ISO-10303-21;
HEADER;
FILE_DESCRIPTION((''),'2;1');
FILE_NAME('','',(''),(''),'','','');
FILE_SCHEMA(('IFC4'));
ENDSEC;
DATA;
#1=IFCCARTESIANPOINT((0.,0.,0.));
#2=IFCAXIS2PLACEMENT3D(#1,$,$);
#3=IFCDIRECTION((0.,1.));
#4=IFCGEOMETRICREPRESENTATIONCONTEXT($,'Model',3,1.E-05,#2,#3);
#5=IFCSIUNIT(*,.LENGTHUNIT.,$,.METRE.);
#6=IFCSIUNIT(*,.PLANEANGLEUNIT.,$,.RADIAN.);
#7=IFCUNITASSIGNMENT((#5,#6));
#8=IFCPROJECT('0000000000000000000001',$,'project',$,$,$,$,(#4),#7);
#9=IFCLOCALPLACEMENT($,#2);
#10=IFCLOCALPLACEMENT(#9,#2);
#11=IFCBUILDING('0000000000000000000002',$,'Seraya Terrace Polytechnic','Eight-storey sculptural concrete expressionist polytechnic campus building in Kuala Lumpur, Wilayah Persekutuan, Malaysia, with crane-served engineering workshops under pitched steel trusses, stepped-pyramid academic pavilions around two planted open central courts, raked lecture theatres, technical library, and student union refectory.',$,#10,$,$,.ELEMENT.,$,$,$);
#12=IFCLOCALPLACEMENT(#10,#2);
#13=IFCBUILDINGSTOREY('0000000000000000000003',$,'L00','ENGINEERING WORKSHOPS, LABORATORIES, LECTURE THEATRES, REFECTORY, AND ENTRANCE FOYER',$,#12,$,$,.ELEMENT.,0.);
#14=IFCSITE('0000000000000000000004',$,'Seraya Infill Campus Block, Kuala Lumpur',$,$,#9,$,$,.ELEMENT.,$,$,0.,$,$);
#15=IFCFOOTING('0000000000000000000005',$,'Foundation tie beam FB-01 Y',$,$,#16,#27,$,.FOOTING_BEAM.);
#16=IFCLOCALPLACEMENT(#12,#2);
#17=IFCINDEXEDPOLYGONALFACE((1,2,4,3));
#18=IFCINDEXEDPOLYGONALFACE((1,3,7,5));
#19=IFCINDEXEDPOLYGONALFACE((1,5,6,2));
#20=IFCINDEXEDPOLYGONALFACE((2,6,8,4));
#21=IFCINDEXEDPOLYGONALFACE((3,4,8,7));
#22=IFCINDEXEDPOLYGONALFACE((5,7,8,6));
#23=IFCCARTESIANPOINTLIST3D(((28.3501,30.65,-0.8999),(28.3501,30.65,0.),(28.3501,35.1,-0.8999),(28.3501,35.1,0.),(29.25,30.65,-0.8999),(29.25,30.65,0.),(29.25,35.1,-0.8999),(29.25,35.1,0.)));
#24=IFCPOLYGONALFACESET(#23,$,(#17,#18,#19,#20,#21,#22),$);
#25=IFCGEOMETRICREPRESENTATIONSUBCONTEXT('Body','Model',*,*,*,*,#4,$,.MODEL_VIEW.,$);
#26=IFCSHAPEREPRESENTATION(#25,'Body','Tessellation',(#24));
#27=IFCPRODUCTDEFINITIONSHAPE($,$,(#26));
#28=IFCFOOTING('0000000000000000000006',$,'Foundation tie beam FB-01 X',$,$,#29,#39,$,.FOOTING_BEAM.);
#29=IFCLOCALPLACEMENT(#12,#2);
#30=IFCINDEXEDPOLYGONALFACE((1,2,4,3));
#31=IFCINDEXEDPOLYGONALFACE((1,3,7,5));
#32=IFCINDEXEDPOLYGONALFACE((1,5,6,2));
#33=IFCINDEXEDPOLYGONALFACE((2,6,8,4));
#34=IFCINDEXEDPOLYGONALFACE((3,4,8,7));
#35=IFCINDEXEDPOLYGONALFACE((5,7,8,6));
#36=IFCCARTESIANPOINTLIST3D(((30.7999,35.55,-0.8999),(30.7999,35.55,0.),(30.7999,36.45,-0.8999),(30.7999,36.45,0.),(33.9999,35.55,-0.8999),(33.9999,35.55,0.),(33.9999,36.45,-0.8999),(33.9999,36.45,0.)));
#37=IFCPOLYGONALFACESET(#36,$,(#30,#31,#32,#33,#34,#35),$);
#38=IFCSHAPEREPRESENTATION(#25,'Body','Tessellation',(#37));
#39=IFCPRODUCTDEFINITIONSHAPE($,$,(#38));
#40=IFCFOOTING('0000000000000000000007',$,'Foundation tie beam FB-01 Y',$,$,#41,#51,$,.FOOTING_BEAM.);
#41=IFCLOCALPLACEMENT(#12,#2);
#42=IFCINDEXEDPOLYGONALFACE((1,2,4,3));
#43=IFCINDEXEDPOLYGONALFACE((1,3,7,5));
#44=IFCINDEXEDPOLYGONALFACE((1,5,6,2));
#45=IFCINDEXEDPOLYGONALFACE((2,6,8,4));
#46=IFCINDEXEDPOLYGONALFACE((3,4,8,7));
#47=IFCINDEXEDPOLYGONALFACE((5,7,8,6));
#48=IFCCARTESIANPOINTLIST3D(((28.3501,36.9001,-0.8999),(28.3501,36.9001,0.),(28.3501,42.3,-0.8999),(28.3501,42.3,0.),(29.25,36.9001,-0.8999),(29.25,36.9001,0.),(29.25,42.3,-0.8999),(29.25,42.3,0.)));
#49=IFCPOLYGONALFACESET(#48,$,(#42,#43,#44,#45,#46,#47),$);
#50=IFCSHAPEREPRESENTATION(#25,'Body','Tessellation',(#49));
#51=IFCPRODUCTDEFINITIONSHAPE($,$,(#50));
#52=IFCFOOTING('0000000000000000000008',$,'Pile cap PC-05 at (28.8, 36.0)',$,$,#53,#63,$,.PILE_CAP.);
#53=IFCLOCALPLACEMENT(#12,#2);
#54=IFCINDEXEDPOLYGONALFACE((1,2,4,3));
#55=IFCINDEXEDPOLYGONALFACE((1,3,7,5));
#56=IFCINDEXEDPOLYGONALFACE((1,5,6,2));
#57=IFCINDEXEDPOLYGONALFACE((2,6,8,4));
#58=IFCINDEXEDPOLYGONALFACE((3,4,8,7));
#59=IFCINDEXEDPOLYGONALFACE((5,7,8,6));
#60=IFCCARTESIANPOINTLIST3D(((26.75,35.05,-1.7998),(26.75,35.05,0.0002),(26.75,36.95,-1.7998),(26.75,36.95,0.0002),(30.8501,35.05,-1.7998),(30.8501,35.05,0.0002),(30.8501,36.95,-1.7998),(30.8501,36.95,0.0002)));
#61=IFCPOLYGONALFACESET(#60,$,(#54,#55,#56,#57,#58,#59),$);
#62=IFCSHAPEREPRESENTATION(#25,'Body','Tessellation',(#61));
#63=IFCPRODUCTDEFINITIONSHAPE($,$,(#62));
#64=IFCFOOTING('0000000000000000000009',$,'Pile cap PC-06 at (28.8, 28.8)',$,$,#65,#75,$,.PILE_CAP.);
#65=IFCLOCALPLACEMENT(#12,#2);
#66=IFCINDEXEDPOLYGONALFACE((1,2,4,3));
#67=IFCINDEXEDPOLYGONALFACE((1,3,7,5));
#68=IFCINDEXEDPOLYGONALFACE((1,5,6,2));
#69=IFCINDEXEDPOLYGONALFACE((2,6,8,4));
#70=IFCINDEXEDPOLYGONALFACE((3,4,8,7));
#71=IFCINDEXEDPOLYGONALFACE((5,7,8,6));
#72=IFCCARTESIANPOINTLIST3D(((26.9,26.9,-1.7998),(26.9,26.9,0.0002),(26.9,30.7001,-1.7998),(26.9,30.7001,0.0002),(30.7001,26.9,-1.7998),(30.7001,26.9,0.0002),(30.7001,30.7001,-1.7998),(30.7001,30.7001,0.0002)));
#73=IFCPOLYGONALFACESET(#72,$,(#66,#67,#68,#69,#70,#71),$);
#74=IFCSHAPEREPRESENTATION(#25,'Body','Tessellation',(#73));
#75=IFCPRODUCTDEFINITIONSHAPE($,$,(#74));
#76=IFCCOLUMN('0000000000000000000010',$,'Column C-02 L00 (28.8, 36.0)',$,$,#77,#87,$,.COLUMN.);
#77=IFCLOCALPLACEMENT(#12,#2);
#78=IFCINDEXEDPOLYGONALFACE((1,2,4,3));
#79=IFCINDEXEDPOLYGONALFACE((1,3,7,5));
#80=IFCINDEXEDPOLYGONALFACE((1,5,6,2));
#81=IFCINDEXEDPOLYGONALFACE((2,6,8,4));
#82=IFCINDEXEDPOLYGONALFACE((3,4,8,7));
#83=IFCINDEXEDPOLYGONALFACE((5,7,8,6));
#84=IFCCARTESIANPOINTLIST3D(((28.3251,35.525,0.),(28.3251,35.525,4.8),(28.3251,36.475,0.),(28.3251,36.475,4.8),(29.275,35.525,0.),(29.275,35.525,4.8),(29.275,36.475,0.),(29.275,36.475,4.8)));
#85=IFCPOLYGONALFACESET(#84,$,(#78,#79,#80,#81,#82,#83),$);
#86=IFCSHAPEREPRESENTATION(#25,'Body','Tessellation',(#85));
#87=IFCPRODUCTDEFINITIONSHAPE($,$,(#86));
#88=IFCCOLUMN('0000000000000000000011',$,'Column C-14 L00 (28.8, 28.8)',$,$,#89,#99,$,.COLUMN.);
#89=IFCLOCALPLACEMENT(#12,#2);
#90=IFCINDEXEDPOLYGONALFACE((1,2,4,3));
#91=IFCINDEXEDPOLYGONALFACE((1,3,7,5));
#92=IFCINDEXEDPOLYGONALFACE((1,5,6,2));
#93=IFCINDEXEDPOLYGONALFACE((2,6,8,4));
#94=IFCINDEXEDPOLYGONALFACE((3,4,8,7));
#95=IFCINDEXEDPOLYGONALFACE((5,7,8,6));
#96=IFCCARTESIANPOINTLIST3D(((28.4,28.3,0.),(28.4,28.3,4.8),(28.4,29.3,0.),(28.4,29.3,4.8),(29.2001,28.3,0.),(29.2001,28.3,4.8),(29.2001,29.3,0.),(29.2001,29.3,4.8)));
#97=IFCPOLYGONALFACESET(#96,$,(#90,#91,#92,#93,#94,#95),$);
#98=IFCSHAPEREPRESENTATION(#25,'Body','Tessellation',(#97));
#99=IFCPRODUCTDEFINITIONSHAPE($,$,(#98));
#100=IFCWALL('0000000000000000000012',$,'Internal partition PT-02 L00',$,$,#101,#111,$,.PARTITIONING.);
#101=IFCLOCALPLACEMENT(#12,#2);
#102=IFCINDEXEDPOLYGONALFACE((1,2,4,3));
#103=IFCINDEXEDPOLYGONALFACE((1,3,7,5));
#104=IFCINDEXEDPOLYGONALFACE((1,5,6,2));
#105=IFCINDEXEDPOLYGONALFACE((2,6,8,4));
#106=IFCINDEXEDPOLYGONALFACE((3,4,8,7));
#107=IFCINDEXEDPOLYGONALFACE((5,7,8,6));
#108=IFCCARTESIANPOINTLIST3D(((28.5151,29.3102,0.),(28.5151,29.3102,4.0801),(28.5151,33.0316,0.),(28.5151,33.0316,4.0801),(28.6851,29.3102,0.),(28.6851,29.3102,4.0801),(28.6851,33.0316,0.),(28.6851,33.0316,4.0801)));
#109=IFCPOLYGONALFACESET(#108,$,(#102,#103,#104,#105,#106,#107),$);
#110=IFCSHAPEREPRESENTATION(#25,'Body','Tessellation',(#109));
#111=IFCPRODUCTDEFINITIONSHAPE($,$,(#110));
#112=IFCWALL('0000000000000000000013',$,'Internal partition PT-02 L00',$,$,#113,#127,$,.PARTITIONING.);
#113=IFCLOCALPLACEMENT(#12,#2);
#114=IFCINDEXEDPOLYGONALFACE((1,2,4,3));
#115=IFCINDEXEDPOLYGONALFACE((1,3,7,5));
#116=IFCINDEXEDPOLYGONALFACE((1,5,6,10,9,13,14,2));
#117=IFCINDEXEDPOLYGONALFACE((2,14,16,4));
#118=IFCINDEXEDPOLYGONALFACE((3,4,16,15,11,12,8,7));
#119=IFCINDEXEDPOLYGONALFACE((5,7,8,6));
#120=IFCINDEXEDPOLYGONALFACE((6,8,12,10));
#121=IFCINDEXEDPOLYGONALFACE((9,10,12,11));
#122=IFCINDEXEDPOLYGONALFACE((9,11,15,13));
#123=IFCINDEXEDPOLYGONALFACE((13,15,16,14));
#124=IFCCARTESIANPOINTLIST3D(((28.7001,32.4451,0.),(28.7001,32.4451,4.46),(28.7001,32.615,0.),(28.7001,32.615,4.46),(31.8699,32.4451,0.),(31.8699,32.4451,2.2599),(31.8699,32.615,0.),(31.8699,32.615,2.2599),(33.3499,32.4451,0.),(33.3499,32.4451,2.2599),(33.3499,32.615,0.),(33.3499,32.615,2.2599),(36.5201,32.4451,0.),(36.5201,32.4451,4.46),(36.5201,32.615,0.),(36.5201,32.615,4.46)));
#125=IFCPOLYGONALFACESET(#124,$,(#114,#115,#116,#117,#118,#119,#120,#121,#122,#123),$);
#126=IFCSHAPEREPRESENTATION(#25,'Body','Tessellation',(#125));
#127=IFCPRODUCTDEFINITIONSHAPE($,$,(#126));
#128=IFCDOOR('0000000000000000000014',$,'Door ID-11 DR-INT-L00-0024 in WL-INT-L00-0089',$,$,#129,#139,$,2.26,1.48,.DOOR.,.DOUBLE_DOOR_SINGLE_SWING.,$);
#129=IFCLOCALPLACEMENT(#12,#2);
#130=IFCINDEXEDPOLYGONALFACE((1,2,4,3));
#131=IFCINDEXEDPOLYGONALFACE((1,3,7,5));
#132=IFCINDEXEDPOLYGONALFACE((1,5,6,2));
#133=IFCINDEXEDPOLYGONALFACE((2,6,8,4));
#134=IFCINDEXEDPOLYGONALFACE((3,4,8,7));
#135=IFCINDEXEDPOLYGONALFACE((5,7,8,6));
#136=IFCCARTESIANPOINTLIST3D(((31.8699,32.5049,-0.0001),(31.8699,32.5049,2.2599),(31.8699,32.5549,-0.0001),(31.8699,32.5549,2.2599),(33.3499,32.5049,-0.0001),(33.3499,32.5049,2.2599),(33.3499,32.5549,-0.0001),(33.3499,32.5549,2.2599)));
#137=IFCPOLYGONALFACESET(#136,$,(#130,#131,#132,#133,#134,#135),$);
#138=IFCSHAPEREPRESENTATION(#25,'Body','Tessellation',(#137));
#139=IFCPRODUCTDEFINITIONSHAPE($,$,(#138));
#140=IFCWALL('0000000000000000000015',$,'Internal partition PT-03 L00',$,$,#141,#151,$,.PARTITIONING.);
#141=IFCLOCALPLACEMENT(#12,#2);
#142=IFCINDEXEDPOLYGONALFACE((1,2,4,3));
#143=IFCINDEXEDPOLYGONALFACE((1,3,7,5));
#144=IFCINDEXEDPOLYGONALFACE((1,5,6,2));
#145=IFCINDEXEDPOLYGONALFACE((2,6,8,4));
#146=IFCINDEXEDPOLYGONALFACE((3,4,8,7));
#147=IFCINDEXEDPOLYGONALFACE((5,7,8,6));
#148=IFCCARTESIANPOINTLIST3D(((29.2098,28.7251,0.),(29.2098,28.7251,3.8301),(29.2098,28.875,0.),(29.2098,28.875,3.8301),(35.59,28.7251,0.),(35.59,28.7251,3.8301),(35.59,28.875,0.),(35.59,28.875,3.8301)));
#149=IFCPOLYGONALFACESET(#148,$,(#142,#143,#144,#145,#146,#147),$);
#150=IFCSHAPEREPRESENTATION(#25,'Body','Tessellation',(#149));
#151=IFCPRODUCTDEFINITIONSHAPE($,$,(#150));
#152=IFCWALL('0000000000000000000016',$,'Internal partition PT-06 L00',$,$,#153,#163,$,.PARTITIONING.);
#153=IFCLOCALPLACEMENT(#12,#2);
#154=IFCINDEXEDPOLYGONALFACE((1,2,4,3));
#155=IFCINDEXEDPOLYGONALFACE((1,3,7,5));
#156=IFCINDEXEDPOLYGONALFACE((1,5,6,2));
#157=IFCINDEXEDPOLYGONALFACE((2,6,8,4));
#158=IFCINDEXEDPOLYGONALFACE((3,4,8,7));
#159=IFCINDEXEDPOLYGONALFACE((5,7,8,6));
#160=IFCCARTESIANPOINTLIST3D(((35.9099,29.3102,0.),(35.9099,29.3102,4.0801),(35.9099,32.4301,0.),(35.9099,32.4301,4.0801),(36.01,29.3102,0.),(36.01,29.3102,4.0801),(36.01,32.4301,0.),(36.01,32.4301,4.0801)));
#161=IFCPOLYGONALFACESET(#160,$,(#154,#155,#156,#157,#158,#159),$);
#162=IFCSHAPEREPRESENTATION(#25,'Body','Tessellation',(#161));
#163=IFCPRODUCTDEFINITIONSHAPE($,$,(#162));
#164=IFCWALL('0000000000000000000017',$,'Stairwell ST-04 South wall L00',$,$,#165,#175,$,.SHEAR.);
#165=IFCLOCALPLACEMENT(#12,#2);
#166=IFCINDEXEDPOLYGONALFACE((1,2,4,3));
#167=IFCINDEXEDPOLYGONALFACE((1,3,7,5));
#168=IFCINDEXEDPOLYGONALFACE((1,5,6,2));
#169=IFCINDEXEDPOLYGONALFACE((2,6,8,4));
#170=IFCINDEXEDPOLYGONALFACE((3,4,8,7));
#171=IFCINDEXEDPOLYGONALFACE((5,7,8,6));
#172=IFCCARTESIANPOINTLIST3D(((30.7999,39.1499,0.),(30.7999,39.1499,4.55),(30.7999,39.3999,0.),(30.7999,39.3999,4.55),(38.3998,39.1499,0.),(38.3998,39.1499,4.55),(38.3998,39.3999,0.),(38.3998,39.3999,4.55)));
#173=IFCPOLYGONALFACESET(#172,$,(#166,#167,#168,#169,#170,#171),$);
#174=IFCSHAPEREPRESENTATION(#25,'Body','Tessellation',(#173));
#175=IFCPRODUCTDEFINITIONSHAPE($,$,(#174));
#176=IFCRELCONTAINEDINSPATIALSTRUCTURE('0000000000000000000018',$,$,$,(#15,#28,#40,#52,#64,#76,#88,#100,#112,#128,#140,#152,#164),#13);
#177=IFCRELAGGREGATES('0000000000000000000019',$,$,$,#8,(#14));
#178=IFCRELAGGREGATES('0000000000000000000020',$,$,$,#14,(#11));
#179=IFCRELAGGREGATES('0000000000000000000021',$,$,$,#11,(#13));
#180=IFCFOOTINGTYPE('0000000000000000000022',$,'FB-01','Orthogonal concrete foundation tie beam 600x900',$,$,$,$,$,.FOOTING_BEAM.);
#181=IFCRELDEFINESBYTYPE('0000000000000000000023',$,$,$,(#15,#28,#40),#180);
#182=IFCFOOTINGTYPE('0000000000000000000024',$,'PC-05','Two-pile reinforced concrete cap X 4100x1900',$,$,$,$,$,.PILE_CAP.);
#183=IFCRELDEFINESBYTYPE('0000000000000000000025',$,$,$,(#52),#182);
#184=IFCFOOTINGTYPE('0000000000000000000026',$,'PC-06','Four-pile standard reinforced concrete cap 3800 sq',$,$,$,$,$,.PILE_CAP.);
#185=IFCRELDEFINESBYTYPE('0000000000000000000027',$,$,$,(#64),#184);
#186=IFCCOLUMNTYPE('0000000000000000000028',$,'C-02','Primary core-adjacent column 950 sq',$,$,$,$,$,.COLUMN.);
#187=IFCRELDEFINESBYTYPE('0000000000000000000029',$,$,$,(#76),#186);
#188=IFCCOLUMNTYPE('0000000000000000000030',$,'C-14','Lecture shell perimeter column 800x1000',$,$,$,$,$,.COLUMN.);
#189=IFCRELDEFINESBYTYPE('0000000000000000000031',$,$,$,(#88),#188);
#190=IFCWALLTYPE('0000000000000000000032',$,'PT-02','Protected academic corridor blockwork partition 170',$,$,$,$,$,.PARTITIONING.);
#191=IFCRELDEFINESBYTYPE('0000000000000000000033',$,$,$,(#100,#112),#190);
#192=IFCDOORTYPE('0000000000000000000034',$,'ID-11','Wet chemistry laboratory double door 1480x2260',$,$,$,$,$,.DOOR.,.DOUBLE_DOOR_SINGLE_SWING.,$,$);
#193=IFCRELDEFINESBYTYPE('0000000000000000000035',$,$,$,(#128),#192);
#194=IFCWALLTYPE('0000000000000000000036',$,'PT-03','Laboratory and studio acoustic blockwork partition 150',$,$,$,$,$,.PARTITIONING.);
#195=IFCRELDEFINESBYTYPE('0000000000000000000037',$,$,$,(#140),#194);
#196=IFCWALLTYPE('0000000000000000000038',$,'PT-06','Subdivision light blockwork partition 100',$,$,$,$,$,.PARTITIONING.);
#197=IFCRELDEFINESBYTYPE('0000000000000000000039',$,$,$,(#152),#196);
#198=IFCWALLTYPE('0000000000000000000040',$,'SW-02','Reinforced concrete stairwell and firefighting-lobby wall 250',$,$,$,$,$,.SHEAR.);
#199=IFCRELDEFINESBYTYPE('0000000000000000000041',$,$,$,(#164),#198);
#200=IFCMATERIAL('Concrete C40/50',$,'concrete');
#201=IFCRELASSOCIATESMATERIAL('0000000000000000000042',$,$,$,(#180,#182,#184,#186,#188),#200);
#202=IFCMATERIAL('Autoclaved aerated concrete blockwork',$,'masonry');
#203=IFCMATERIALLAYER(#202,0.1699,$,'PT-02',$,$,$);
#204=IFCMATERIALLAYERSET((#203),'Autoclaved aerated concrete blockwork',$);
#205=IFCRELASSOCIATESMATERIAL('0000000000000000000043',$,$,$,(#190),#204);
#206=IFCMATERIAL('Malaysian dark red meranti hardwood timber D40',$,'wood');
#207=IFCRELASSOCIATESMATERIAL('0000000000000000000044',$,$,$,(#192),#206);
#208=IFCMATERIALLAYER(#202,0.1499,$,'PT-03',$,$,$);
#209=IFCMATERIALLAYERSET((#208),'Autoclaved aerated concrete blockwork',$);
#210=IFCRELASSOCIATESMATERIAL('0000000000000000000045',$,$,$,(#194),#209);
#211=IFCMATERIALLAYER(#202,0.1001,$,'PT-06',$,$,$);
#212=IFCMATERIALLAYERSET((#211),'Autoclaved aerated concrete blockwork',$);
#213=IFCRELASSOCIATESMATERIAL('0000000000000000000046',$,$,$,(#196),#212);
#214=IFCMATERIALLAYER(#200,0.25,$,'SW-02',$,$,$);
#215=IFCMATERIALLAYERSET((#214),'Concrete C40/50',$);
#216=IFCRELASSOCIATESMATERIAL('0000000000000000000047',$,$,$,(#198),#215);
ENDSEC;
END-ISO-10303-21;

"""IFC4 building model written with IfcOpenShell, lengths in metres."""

from ifc_helpers import new_model, si_unit, direction, frame, frame_2d, origin, origin_2d, place, context, subcontext, project, spatial, rectangle, extrude, material, layer, layer_set, material_profile, profile_set, type_object, element, fill, save


model = new_model("IFC4")

# Units and contexts
model_context = context("Model", 3, precision=1e-05, world=origin(), true_north=direction((0.0, 1.0)))
body_context = subcontext(model_context, "Body", "Model", "MODEL_VIEW")
ifc_project = project(units=[si_unit("LENGTHUNIT", "METRE"), si_unit("PLANEANGLEUNIT", "RADIAN")], contexts=[model_context])

# Site, building, storey
site_placement = place(None, origin())
site = spatial("IfcSite", under=ifc_project, at=site_placement, Name="Seraya Infill Campus Block, Kuala Lumpur", CompositionType="ELEMENT", RefElevation=0.0)
building_placement = place(site_placement, origin())
building = spatial("IfcBuilding", under=site, at=building_placement, Name="Seraya Terrace Polytechnic", Description="Eight-storey sculptural concrete expressionist polytechnic campus building in Kuala Lumpur, Wilayah Persekutuan, Malaysia, with crane-served engineering workshops under pitched steel trusses, stepped-pyramid academic pavilions around two planted open central courts, raked lecture theatres, technical library, and student union refectory.", CompositionType="ELEMENT")
storey_placement = place(building_placement, origin())
storey = spatial("IfcBuildingStorey", under=building, at=storey_placement, Name="L00", Description="ENGINEERING WORKSHOPS, LABORATORIES, LECTURE THEATRES, REFECTORY, AND ENTRANCE FOYER", CompositionType="ELEMENT", Elevation=0.0)

# Shared definitions
ifc_material_1 = material(Name="Concrete C40/50", Category="concrete")

# Footings
footing_type_1 = type_object("IfcFootingType", Name="FB-01", Description="Orthogonal concrete foundation tie beam 600x900", PredefinedType="FOOTING_BEAM", material=ifc_material_1)
footing_1_placement = place(storey_placement, frame((28.8, 32.875, -0.8999), z_axis=(0.0, 0.0, 1.0), x_axis=(0.0, 1.0, 0.0)))
element("IfcFooting", 1, at=footing_1_placement, inside=storey, type_object=footing_type_1, Name="Foundation tie beam FB-01 Y", PredefinedType="FOOTING_BEAM", context=body_context, shape_type="SweptSolid", body=[
    extrude(rectangle(XDim=4.45, YDim=0.8999, at=origin_2d()), origin(), (0.0, 0.0, 1.0), 0.8999),
])
footing_2_placement = place(storey_placement, frame((32.3999, 36.0, -0.8999), z_axis=(0.0, 0.0, 1.0), x_axis=(1.0, 0.0, 0.0)))
element("IfcFooting", 2, at=footing_2_placement, inside=storey, type_object=footing_type_1, Name="Foundation tie beam FB-01 X", PredefinedType="FOOTING_BEAM", context=body_context, shape_type="SweptSolid", body=[
    extrude(rectangle(XDim=3.2, YDim=0.8999, at=origin_2d()), origin(), (0.0, 0.0, 1.0), 0.8999),
])
footing_3_placement = place(storey_placement, frame((28.8, 39.6001, -0.8999), z_axis=(0.0, 0.0, 1.0), x_axis=(0.0, 1.0, 0.0)))
element("IfcFooting", 3, at=footing_3_placement, inside=storey, type_object=footing_type_1, Name="Foundation tie beam FB-01 Y", PredefinedType="FOOTING_BEAM", context=body_context, shape_type="SweptSolid", body=[
    extrude(rectangle(XDim=5.3999, YDim=0.8999, at=origin_2d()), origin(), (0.0, 0.0, 1.0), 0.8999),
])
footing_type_2 = type_object("IfcFootingType", Name="PC-05", Description="Two-pile reinforced concrete cap X 4100x1900", PredefinedType="PILE_CAP", material=ifc_material_1)
footing_4_placement = place(storey_placement, frame((28.8, 36.0, -1.7998), z_axis=(0.0, 0.0, 1.0), x_axis=(1.0, 0.0, 0.0)))
element("IfcFooting", 4, at=footing_4_placement, inside=storey, type_object=footing_type_2, Name="Pile cap PC-05 at (28.8, 36.0)", PredefinedType="PILE_CAP", context=body_context, shape_type="SweptSolid", body=[
    extrude(rectangle(XDim=4.1001, YDim=1.8999, at=origin_2d()), origin(), (0.0, 0.0, 1.0), 1.8),
])
footing_type_3 = type_object("IfcFootingType", Name="PC-06", Description="Four-pile standard reinforced concrete cap 3800 sq", PredefinedType="PILE_CAP", material=ifc_material_1)
footing_5_placement = place(storey_placement, frame((28.8, 28.8, -1.7998), z_axis=(0.0, 0.0, 1.0), x_axis=(1.0, 0.0, 0.0)))
element("IfcFooting", 5, at=footing_5_placement, inside=storey, type_object=footing_type_3, Name="Pile cap PC-06 at (28.8, 28.8)", PredefinedType="PILE_CAP", context=body_context, shape_type="SweptSolid", body=[
    extrude(rectangle(XDim=3.8, YDim=3.8, at=origin_2d()), origin(), (0.0, 0.0, 1.0), 1.8),
])

# Columns
ifc_material_profile_1 = material_profile(ifc_material_1, rectangle(XDim=0.95, YDim=0.95, at=origin_2d()), Name="RC 950x950")
ifc_profile_set_1 = profile_set([ifc_material_profile_1], Name="Concrete C40/50")
column_type_1 = type_object("IfcColumnType", Name="C-02", Description="Primary core-adjacent column 950 sq", PredefinedType="COLUMN", material=ifc_profile_set_1)
column_1_placement = place(storey_placement, frame((28.8, 36.0, 0.0), z_axis=(0.0, 0.0, 1.0), x_axis=(1.0, 0.0, 0.0)))
element("IfcColumn", 6, at=column_1_placement, inside=storey, type_object=column_type_1, Name="Column C-02 L00 (28.8, 36.0)", PredefinedType="COLUMN", context=body_context, shape_type="SweptSolid", body=[
    extrude(rectangle(XDim=0.95, YDim=0.95, at=origin_2d()), origin(), (0.0, 0.0, 1.0), 4.8),
])
ifc_material_profile_2 = material_profile(ifc_material_1, rectangle(XDim=0.8, YDim=1.0, at=origin_2d()), Name="RC 800x1000")
ifc_profile_set_2 = profile_set([ifc_material_profile_2], Name="Concrete C40/50")
column_type_2 = type_object("IfcColumnType", Name="C-14", Description="Lecture shell perimeter column 800x1000", PredefinedType="COLUMN", material=ifc_profile_set_2)
column_2_placement = place(storey_placement, frame((28.8, 28.8, 0.0), z_axis=(0.0, 0.0, 1.0), x_axis=(1.0, 0.0, 0.0)))
element("IfcColumn", 7, at=column_2_placement, inside=storey, type_object=column_type_2, Name="Column C-14 L00 (28.8, 28.8)", PredefinedType="COLUMN", context=body_context, shape_type="SweptSolid", body=[
    extrude(rectangle(XDim=0.8, YDim=1.0, at=origin_2d()), origin(), (0.0, 0.0, 1.0), 4.8),
])

# Wall
ifc_material_2 = material(Name="Autoclaved aerated concrete blockwork", Category="masonry")
ifc_layer_1 = layer(ifc_material_2, 0.1699, Name="PT-02")
ifc_layer_set_1 = layer_set([ifc_layer_1], Name="Autoclaved aerated concrete blockwork")
wall_type_1 = type_object("IfcWallType", Name="PT-02", Description="Protected academic corridor blockwork partition 170", PredefinedType="PARTITIONING", material=ifc_layer_set_1)
wall_1_placement = place(storey_placement, frame((28.6001, 29.3101, 0.0), z_axis=(0.0, 0.0, 1.0), x_axis=(0.0, 1.0, 0.0)))
element("IfcWall", 8, at=wall_1_placement, inside=storey, type_object=wall_type_1, Name="Internal partition PT-02 L00", PredefinedType="PARTITIONING", context=body_context, shape_type="SweptSolid", body=[
    extrude(rectangle(XDim=3.7214, YDim=0.1699, at=frame_2d((1.8608, 0.0))), origin(), (0.0, 0.0, 1.0), 4.0801),
])

# Wall, opening, door
wall_2_placement = place(storey_placement, frame((28.7, 32.53, 0.0), z_axis=(0.0, 0.0, 1.0), x_axis=(1.0, 0.0, 0.0)))
wall_2 = element("IfcWall", 9, at=wall_2_placement, inside=storey, type_object=wall_type_1, Name="Internal partition PT-02 L00", PredefinedType="PARTITIONING", context=body_context, shape_type="SweptSolid", body=[
    extrude(rectangle(XDim=7.8201, YDim=0.1699, at=frame_2d((3.9102, 0.0))), origin(), (0.0, 0.0, 1.0), 4.46),
])
opening_1_placement = place(wall_2_placement, frame((3.1699, 0.0, 0.0)))
opening_1 = element("IfcOpeningElement", 10, at=opening_1_placement, cuts=wall_2, PredefinedType="OPENING", context=body_context, shape_type="SweptSolid", body=[
    extrude(rectangle(XDim=1.48, YDim=2.26, at=frame_2d((0.74, 1.1299))), frame((0.0, 0.0969, 0.0), z_axis=(0.0, -1.0, 0.0), x_axis=(1.0, 0.0, 0.0)), (0.0, 0.0, 1.0), 0.1938),
])
ifc_material_3 = material(Name="Malaysian dark red meranti hardwood timber D40", Category="wood")
door_type_1 = type_object("IfcDoorType", Name="ID-11", Description="Wet chemistry laboratory double door 1480x2260", OperationType="DOUBLE_DOOR_SINGLE_SWING", PredefinedType="DOOR", material=ifc_material_3)
door_1_placement = place(opening_1_placement, origin())
door_1 = element("IfcDoor", 11, at=door_1_placement, inside=storey, type_object=door_type_1, Name="Door ID-11 DR-INT-L00-0024 in WL-INT-L00-0089", OperationType="DOUBLE_DOOR_SINGLE_SWING", OverallHeight=2.26, OverallWidth=1.48, PredefinedType="DOOR", context=body_context, shape_type="SweptSolid", body=[
    extrude(rectangle(XDim=1.48, YDim=2.26, at=frame_2d((0.74, 1.1299))), frame((0.0, 0.0249, 0.0), z_axis=(0.0, -1.0, 0.0), x_axis=(1.0, 0.0, 0.0)), (0.0, 0.0, 1.0), 0.05),
])
fill(opening_1, door_1)

# Walls
ifc_layer_2 = layer(ifc_material_2, 0.1499, Name="PT-03")
ifc_layer_set_2 = layer_set([ifc_layer_2], Name="Autoclaved aerated concrete blockwork")
wall_type_2 = type_object("IfcWallType", Name="PT-03", Description="Laboratory and studio acoustic blockwork partition 150", PredefinedType="PARTITIONING", material=ifc_layer_set_2)
wall_3_placement = place(storey_placement, frame((29.21, 28.8, 0.0), z_axis=(0.0, 0.0, 1.0), x_axis=(1.0, 0.0, 0.0)))
element("IfcWall", 12, at=wall_3_placement, inside=storey, type_object=wall_type_2, Name="Internal partition PT-03 L00", PredefinedType="PARTITIONING", context=body_context, shape_type="SweptSolid", body=[
    extrude(rectangle(XDim=6.3801, YDim=0.1499, at=frame_2d((3.1899, 0.0))), origin(), (0.0, 0.0, 1.0), 3.8301),
])
ifc_layer_3 = layer(ifc_material_2, 0.1001, Name="PT-06")
ifc_layer_set_3 = layer_set([ifc_layer_3], Name="Autoclaved aerated concrete blockwork")
wall_type_3 = type_object("IfcWallType", Name="PT-06", Description="Subdivision light blockwork partition 100", PredefinedType="PARTITIONING", material=ifc_layer_set_3)
wall_4_placement = place(storey_placement, frame((35.96, 29.3101, 0.0), z_axis=(0.0, 0.0, 1.0), x_axis=(0.0, 1.0, 0.0)))
element("IfcWall", 13, at=wall_4_placement, inside=storey, type_object=wall_type_3, Name="Internal partition PT-06 L00", PredefinedType="PARTITIONING", context=body_context, shape_type="SweptSolid", body=[
    extrude(rectangle(XDim=3.1199, YDim=0.1001, at=frame_2d((1.5601, 0.0))), origin(), (0.0, 0.0, 1.0), 4.0801),
])

# Shared definitions
ifc_layer_4 = layer(ifc_material_1, 0.25, Name="SW-02")
ifc_layer_set_4 = layer_set([ifc_layer_4], Name="Concrete C40/50")
wall_type_4 = type_object("IfcWallType", Name="SW-02", Description="Reinforced concrete stairwell and firefighting-lobby wall 250", PredefinedType="SHEAR", material=ifc_layer_set_4)

# Wall
wall_5_placement = place(storey_placement, frame((30.8, 39.2749, 0.0), z_axis=(0.0, 0.0, 1.0), x_axis=(1.0, 0.0, 0.0)))
element("IfcWall", 14, at=wall_5_placement, inside=storey, type_object=wall_type_4, Name="Stairwell ST-04 South wall L00", PredefinedType="SHEAR", context=body_context, shape_type="SweptSolid", body=[
    extrude(rectangle(XDim=7.5999, YDim=0.25, at=frame_2d((3.7998, 0.0))), origin(), (0.0, 0.0, 1.0), 4.55),
])

save(model, "model.ifc")
